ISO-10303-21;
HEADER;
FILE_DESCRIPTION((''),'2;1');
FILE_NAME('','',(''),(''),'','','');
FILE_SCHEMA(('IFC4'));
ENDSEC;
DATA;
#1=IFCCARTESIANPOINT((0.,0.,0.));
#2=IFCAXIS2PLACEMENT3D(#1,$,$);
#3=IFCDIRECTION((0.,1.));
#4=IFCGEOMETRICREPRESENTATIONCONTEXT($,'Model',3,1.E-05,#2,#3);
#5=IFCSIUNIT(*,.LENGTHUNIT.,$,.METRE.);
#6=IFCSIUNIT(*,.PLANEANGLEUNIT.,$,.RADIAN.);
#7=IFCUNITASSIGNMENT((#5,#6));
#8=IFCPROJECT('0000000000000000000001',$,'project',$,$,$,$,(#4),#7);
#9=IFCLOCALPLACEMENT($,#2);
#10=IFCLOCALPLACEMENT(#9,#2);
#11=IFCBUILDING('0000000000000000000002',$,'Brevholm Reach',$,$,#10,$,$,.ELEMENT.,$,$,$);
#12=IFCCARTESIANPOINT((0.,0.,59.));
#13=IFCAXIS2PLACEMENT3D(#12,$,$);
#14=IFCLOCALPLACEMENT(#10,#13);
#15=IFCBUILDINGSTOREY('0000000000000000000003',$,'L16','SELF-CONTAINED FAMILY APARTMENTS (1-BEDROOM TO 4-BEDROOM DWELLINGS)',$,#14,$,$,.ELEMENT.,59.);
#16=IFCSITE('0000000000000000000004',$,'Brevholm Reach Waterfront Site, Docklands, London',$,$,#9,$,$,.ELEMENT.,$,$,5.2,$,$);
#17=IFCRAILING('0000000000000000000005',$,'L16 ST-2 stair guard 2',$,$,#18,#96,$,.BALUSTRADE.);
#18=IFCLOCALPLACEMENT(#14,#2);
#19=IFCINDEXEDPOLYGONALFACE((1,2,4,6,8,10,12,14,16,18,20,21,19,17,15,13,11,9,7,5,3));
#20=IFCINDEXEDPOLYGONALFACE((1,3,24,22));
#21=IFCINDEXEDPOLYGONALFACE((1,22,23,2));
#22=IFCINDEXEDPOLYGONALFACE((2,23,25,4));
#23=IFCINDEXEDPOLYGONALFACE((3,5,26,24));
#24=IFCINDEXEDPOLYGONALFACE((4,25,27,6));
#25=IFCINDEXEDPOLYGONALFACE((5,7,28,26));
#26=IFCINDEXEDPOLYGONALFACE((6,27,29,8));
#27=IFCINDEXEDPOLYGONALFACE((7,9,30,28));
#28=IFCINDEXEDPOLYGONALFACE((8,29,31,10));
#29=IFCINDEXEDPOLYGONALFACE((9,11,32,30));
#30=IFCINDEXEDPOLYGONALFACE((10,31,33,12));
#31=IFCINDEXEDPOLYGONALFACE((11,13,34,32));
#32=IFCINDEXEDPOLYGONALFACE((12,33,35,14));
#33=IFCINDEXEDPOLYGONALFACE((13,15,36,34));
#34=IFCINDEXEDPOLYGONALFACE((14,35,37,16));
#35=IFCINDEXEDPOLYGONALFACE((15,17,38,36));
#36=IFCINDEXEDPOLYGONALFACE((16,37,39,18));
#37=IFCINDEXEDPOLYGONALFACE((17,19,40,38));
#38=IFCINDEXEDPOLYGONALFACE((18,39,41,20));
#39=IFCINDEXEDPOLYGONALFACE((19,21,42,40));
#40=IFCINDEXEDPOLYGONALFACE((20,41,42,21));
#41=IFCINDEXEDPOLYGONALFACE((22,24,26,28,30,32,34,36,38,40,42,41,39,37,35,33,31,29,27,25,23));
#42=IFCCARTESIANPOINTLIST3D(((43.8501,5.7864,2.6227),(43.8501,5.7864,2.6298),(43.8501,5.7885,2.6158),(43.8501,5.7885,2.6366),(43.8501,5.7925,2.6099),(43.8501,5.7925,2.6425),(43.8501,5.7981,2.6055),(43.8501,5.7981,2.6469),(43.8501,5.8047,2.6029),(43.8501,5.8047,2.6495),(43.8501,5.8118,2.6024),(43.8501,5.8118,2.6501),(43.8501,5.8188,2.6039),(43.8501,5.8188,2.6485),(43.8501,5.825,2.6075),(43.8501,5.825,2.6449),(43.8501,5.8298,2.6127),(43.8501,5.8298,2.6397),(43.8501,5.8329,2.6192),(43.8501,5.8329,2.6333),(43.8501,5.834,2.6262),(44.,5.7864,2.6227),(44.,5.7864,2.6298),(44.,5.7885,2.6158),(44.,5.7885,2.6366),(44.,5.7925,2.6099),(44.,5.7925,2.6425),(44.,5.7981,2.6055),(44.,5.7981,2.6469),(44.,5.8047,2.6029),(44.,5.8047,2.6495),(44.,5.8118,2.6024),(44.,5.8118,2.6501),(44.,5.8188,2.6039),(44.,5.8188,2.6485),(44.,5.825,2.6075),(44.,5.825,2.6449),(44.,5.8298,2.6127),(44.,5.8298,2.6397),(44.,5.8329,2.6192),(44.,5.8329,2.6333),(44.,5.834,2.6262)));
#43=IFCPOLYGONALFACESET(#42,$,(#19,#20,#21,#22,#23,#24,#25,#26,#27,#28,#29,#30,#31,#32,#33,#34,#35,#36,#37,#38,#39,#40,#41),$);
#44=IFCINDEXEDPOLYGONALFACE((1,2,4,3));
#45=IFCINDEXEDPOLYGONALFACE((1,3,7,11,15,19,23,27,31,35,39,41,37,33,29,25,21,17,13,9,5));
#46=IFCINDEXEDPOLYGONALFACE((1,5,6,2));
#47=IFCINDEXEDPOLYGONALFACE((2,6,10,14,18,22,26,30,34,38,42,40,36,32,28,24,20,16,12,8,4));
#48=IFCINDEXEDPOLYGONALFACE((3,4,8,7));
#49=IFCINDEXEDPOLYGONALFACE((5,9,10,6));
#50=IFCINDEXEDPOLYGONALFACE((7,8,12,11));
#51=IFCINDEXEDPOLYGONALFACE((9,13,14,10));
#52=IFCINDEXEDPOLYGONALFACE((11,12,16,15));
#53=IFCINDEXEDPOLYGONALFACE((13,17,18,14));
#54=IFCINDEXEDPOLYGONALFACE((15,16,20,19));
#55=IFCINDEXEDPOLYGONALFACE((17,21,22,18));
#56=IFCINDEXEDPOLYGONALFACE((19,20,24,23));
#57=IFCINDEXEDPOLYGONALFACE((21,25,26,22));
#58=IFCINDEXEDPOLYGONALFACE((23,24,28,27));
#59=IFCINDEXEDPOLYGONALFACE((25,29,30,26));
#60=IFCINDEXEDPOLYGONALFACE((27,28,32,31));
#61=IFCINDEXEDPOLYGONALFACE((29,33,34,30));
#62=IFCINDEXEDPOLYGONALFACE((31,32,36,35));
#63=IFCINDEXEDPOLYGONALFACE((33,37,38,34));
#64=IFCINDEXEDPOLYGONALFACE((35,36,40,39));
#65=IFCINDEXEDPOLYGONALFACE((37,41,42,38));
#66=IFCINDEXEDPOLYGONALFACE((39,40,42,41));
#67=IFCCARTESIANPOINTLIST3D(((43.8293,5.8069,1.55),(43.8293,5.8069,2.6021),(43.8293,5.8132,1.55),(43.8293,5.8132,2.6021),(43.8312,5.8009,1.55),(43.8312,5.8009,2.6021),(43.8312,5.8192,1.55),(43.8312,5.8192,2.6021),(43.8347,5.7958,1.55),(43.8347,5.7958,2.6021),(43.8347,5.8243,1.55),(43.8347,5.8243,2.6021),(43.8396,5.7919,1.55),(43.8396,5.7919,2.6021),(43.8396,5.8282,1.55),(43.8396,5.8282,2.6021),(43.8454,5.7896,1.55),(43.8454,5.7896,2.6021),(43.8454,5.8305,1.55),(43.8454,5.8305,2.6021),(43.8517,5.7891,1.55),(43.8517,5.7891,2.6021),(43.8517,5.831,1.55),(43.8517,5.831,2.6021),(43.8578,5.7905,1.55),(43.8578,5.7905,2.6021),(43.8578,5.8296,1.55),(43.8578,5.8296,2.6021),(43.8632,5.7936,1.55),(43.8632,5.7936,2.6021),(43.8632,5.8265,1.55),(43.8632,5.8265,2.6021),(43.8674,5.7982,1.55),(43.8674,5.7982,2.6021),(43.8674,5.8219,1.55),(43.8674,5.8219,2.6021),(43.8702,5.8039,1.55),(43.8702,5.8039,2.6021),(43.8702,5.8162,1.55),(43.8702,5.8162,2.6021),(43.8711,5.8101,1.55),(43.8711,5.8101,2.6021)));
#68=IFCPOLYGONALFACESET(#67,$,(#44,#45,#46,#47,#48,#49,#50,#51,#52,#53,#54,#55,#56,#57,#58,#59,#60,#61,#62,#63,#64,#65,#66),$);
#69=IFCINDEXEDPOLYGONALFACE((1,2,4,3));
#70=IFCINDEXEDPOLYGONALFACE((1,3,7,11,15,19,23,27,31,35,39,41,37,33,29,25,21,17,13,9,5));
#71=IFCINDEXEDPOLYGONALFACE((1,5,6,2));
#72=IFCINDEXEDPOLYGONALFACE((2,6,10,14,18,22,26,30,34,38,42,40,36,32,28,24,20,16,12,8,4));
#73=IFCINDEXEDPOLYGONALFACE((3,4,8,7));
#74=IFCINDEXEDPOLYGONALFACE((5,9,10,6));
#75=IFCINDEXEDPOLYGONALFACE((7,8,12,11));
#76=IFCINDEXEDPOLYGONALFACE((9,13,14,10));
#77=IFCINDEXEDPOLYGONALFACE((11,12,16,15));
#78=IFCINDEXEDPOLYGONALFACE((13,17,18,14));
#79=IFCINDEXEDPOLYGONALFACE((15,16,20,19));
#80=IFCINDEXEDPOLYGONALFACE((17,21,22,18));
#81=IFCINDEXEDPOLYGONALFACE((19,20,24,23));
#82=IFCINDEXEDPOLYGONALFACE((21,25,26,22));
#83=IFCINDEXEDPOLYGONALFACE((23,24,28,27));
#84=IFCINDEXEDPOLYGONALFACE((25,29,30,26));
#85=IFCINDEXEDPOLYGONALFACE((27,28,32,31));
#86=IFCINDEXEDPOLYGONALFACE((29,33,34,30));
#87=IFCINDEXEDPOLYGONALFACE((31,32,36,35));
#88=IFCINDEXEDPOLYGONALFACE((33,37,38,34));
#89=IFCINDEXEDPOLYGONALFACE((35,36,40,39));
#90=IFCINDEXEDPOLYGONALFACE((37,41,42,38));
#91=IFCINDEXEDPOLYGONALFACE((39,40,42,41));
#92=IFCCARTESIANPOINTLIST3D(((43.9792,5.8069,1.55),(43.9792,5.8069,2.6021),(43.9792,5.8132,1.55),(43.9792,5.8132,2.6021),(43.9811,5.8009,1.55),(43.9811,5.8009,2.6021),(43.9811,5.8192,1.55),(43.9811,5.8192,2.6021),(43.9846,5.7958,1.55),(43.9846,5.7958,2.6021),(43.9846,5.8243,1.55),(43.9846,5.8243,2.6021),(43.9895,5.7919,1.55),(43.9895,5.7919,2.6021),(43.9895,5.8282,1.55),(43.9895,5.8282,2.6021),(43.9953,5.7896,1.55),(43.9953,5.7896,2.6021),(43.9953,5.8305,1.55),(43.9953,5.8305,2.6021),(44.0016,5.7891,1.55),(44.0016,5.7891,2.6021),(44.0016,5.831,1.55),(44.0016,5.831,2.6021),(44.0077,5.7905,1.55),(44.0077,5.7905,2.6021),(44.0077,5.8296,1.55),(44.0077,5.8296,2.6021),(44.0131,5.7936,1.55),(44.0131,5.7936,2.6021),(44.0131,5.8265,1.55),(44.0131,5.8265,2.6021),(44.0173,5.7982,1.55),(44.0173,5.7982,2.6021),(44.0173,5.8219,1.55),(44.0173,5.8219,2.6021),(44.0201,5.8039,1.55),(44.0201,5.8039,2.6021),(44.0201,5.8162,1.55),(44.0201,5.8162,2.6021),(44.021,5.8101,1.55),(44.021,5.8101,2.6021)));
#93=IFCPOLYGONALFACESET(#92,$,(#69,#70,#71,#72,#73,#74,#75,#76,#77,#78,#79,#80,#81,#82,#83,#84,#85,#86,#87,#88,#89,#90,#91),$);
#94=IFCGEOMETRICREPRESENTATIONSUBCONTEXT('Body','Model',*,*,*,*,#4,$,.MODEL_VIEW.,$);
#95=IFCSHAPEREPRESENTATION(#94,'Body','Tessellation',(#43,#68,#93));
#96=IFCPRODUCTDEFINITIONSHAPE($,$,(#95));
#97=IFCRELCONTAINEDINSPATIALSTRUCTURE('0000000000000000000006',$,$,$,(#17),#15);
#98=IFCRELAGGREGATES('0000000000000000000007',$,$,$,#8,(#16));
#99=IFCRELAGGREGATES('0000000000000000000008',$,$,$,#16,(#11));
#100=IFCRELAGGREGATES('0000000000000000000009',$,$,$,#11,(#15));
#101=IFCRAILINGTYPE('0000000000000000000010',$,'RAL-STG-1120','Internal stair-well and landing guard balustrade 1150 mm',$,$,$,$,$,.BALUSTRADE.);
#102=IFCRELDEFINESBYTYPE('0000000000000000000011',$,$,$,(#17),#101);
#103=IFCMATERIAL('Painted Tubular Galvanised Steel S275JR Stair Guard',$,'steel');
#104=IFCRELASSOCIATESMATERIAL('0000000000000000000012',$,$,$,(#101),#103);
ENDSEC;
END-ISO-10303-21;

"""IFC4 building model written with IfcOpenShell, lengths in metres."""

from ifc_helpers import new_model, si_unit, direction, frame, origin, origin_2d, place, context, subcontext, project, spatial, circle, extrude, material, type_object, element, save


model = new_model("IFC4")

# Units and contexts
model_context = context("Model", 3, precision=1e-05, world=origin(), true_north=direction((0.0, 1.0)))
body_context = subcontext(model_context, "Body", "Model", "MODEL_VIEW")
ifc_project = project(units=[si_unit("LENGTHUNIT", "METRE"), si_unit("PLANEANGLEUNIT", "RADIAN")], contexts=[model_context])

# Site, building, storey
site_placement = place(None, origin())
site = spatial("IfcSite", under=ifc_project, at=site_placement, Name="Brevholm Reach Waterfront Site, Docklands, London", CompositionType="ELEMENT", RefElevation=5.2)
building_placement = place(site_placement, origin())
building = spatial("IfcBuilding", under=site, at=building_placement, Name="Brevholm Reach", CompositionType="ELEMENT")
storey_placement = place(building_placement, frame((0.0, 0.0, 59.0)))
storey = spatial("IfcBuildingStorey", under=building, at=storey_placement, Name="L16", Description="SELF-CONTAINED FAMILY APARTMENTS (1-BEDROOM TO 4-BEDROOM DWELLINGS)", CompositionType="ELEMENT", Elevation=59.0)

# Railing
ifc_material_1 = material(Name="Painted Tubular Galvanised Steel S275JR Stair Guard", Category="steel")
railing_type_1 = type_object("IfcRailingType", Name="RAL-STG-1120", Description="Internal stair-well and landing guard balustrade 1150 mm", PredefinedType="BALUSTRADE", material=ifc_material_1)
railing_1_placement = place(storey_placement, frame((43.8501, 5.8101, 1.55)))
element("IfcRailing", 1, at=railing_1_placement, inside=storey, type_object=railing_type_1, Name="L16 ST-2 stair guard 2", PredefinedType="BALUSTRADE", context=body_context, shape_type="SweptSolid", body=[
    extrude(circle(Radius=0.0239, at=origin_2d()), frame((0.0, 0.0, 1.0762), z_axis=(1.0, 0.0, 0.0), x_axis=(0.0, 1.0, 0.0)), (0.0, 0.0, 1.0), 0.1499),
    extrude(circle(Radius=0.021, at=origin_2d()), origin(), (0.0, 0.0, 1.0), 1.052),
    extrude(circle(Radius=0.021, at=origin_2d()), frame((0.1499, 0.0, 0.0)), (0.0, 0.0, 1.0), 1.052),
])

save(model, "model.ifc")
